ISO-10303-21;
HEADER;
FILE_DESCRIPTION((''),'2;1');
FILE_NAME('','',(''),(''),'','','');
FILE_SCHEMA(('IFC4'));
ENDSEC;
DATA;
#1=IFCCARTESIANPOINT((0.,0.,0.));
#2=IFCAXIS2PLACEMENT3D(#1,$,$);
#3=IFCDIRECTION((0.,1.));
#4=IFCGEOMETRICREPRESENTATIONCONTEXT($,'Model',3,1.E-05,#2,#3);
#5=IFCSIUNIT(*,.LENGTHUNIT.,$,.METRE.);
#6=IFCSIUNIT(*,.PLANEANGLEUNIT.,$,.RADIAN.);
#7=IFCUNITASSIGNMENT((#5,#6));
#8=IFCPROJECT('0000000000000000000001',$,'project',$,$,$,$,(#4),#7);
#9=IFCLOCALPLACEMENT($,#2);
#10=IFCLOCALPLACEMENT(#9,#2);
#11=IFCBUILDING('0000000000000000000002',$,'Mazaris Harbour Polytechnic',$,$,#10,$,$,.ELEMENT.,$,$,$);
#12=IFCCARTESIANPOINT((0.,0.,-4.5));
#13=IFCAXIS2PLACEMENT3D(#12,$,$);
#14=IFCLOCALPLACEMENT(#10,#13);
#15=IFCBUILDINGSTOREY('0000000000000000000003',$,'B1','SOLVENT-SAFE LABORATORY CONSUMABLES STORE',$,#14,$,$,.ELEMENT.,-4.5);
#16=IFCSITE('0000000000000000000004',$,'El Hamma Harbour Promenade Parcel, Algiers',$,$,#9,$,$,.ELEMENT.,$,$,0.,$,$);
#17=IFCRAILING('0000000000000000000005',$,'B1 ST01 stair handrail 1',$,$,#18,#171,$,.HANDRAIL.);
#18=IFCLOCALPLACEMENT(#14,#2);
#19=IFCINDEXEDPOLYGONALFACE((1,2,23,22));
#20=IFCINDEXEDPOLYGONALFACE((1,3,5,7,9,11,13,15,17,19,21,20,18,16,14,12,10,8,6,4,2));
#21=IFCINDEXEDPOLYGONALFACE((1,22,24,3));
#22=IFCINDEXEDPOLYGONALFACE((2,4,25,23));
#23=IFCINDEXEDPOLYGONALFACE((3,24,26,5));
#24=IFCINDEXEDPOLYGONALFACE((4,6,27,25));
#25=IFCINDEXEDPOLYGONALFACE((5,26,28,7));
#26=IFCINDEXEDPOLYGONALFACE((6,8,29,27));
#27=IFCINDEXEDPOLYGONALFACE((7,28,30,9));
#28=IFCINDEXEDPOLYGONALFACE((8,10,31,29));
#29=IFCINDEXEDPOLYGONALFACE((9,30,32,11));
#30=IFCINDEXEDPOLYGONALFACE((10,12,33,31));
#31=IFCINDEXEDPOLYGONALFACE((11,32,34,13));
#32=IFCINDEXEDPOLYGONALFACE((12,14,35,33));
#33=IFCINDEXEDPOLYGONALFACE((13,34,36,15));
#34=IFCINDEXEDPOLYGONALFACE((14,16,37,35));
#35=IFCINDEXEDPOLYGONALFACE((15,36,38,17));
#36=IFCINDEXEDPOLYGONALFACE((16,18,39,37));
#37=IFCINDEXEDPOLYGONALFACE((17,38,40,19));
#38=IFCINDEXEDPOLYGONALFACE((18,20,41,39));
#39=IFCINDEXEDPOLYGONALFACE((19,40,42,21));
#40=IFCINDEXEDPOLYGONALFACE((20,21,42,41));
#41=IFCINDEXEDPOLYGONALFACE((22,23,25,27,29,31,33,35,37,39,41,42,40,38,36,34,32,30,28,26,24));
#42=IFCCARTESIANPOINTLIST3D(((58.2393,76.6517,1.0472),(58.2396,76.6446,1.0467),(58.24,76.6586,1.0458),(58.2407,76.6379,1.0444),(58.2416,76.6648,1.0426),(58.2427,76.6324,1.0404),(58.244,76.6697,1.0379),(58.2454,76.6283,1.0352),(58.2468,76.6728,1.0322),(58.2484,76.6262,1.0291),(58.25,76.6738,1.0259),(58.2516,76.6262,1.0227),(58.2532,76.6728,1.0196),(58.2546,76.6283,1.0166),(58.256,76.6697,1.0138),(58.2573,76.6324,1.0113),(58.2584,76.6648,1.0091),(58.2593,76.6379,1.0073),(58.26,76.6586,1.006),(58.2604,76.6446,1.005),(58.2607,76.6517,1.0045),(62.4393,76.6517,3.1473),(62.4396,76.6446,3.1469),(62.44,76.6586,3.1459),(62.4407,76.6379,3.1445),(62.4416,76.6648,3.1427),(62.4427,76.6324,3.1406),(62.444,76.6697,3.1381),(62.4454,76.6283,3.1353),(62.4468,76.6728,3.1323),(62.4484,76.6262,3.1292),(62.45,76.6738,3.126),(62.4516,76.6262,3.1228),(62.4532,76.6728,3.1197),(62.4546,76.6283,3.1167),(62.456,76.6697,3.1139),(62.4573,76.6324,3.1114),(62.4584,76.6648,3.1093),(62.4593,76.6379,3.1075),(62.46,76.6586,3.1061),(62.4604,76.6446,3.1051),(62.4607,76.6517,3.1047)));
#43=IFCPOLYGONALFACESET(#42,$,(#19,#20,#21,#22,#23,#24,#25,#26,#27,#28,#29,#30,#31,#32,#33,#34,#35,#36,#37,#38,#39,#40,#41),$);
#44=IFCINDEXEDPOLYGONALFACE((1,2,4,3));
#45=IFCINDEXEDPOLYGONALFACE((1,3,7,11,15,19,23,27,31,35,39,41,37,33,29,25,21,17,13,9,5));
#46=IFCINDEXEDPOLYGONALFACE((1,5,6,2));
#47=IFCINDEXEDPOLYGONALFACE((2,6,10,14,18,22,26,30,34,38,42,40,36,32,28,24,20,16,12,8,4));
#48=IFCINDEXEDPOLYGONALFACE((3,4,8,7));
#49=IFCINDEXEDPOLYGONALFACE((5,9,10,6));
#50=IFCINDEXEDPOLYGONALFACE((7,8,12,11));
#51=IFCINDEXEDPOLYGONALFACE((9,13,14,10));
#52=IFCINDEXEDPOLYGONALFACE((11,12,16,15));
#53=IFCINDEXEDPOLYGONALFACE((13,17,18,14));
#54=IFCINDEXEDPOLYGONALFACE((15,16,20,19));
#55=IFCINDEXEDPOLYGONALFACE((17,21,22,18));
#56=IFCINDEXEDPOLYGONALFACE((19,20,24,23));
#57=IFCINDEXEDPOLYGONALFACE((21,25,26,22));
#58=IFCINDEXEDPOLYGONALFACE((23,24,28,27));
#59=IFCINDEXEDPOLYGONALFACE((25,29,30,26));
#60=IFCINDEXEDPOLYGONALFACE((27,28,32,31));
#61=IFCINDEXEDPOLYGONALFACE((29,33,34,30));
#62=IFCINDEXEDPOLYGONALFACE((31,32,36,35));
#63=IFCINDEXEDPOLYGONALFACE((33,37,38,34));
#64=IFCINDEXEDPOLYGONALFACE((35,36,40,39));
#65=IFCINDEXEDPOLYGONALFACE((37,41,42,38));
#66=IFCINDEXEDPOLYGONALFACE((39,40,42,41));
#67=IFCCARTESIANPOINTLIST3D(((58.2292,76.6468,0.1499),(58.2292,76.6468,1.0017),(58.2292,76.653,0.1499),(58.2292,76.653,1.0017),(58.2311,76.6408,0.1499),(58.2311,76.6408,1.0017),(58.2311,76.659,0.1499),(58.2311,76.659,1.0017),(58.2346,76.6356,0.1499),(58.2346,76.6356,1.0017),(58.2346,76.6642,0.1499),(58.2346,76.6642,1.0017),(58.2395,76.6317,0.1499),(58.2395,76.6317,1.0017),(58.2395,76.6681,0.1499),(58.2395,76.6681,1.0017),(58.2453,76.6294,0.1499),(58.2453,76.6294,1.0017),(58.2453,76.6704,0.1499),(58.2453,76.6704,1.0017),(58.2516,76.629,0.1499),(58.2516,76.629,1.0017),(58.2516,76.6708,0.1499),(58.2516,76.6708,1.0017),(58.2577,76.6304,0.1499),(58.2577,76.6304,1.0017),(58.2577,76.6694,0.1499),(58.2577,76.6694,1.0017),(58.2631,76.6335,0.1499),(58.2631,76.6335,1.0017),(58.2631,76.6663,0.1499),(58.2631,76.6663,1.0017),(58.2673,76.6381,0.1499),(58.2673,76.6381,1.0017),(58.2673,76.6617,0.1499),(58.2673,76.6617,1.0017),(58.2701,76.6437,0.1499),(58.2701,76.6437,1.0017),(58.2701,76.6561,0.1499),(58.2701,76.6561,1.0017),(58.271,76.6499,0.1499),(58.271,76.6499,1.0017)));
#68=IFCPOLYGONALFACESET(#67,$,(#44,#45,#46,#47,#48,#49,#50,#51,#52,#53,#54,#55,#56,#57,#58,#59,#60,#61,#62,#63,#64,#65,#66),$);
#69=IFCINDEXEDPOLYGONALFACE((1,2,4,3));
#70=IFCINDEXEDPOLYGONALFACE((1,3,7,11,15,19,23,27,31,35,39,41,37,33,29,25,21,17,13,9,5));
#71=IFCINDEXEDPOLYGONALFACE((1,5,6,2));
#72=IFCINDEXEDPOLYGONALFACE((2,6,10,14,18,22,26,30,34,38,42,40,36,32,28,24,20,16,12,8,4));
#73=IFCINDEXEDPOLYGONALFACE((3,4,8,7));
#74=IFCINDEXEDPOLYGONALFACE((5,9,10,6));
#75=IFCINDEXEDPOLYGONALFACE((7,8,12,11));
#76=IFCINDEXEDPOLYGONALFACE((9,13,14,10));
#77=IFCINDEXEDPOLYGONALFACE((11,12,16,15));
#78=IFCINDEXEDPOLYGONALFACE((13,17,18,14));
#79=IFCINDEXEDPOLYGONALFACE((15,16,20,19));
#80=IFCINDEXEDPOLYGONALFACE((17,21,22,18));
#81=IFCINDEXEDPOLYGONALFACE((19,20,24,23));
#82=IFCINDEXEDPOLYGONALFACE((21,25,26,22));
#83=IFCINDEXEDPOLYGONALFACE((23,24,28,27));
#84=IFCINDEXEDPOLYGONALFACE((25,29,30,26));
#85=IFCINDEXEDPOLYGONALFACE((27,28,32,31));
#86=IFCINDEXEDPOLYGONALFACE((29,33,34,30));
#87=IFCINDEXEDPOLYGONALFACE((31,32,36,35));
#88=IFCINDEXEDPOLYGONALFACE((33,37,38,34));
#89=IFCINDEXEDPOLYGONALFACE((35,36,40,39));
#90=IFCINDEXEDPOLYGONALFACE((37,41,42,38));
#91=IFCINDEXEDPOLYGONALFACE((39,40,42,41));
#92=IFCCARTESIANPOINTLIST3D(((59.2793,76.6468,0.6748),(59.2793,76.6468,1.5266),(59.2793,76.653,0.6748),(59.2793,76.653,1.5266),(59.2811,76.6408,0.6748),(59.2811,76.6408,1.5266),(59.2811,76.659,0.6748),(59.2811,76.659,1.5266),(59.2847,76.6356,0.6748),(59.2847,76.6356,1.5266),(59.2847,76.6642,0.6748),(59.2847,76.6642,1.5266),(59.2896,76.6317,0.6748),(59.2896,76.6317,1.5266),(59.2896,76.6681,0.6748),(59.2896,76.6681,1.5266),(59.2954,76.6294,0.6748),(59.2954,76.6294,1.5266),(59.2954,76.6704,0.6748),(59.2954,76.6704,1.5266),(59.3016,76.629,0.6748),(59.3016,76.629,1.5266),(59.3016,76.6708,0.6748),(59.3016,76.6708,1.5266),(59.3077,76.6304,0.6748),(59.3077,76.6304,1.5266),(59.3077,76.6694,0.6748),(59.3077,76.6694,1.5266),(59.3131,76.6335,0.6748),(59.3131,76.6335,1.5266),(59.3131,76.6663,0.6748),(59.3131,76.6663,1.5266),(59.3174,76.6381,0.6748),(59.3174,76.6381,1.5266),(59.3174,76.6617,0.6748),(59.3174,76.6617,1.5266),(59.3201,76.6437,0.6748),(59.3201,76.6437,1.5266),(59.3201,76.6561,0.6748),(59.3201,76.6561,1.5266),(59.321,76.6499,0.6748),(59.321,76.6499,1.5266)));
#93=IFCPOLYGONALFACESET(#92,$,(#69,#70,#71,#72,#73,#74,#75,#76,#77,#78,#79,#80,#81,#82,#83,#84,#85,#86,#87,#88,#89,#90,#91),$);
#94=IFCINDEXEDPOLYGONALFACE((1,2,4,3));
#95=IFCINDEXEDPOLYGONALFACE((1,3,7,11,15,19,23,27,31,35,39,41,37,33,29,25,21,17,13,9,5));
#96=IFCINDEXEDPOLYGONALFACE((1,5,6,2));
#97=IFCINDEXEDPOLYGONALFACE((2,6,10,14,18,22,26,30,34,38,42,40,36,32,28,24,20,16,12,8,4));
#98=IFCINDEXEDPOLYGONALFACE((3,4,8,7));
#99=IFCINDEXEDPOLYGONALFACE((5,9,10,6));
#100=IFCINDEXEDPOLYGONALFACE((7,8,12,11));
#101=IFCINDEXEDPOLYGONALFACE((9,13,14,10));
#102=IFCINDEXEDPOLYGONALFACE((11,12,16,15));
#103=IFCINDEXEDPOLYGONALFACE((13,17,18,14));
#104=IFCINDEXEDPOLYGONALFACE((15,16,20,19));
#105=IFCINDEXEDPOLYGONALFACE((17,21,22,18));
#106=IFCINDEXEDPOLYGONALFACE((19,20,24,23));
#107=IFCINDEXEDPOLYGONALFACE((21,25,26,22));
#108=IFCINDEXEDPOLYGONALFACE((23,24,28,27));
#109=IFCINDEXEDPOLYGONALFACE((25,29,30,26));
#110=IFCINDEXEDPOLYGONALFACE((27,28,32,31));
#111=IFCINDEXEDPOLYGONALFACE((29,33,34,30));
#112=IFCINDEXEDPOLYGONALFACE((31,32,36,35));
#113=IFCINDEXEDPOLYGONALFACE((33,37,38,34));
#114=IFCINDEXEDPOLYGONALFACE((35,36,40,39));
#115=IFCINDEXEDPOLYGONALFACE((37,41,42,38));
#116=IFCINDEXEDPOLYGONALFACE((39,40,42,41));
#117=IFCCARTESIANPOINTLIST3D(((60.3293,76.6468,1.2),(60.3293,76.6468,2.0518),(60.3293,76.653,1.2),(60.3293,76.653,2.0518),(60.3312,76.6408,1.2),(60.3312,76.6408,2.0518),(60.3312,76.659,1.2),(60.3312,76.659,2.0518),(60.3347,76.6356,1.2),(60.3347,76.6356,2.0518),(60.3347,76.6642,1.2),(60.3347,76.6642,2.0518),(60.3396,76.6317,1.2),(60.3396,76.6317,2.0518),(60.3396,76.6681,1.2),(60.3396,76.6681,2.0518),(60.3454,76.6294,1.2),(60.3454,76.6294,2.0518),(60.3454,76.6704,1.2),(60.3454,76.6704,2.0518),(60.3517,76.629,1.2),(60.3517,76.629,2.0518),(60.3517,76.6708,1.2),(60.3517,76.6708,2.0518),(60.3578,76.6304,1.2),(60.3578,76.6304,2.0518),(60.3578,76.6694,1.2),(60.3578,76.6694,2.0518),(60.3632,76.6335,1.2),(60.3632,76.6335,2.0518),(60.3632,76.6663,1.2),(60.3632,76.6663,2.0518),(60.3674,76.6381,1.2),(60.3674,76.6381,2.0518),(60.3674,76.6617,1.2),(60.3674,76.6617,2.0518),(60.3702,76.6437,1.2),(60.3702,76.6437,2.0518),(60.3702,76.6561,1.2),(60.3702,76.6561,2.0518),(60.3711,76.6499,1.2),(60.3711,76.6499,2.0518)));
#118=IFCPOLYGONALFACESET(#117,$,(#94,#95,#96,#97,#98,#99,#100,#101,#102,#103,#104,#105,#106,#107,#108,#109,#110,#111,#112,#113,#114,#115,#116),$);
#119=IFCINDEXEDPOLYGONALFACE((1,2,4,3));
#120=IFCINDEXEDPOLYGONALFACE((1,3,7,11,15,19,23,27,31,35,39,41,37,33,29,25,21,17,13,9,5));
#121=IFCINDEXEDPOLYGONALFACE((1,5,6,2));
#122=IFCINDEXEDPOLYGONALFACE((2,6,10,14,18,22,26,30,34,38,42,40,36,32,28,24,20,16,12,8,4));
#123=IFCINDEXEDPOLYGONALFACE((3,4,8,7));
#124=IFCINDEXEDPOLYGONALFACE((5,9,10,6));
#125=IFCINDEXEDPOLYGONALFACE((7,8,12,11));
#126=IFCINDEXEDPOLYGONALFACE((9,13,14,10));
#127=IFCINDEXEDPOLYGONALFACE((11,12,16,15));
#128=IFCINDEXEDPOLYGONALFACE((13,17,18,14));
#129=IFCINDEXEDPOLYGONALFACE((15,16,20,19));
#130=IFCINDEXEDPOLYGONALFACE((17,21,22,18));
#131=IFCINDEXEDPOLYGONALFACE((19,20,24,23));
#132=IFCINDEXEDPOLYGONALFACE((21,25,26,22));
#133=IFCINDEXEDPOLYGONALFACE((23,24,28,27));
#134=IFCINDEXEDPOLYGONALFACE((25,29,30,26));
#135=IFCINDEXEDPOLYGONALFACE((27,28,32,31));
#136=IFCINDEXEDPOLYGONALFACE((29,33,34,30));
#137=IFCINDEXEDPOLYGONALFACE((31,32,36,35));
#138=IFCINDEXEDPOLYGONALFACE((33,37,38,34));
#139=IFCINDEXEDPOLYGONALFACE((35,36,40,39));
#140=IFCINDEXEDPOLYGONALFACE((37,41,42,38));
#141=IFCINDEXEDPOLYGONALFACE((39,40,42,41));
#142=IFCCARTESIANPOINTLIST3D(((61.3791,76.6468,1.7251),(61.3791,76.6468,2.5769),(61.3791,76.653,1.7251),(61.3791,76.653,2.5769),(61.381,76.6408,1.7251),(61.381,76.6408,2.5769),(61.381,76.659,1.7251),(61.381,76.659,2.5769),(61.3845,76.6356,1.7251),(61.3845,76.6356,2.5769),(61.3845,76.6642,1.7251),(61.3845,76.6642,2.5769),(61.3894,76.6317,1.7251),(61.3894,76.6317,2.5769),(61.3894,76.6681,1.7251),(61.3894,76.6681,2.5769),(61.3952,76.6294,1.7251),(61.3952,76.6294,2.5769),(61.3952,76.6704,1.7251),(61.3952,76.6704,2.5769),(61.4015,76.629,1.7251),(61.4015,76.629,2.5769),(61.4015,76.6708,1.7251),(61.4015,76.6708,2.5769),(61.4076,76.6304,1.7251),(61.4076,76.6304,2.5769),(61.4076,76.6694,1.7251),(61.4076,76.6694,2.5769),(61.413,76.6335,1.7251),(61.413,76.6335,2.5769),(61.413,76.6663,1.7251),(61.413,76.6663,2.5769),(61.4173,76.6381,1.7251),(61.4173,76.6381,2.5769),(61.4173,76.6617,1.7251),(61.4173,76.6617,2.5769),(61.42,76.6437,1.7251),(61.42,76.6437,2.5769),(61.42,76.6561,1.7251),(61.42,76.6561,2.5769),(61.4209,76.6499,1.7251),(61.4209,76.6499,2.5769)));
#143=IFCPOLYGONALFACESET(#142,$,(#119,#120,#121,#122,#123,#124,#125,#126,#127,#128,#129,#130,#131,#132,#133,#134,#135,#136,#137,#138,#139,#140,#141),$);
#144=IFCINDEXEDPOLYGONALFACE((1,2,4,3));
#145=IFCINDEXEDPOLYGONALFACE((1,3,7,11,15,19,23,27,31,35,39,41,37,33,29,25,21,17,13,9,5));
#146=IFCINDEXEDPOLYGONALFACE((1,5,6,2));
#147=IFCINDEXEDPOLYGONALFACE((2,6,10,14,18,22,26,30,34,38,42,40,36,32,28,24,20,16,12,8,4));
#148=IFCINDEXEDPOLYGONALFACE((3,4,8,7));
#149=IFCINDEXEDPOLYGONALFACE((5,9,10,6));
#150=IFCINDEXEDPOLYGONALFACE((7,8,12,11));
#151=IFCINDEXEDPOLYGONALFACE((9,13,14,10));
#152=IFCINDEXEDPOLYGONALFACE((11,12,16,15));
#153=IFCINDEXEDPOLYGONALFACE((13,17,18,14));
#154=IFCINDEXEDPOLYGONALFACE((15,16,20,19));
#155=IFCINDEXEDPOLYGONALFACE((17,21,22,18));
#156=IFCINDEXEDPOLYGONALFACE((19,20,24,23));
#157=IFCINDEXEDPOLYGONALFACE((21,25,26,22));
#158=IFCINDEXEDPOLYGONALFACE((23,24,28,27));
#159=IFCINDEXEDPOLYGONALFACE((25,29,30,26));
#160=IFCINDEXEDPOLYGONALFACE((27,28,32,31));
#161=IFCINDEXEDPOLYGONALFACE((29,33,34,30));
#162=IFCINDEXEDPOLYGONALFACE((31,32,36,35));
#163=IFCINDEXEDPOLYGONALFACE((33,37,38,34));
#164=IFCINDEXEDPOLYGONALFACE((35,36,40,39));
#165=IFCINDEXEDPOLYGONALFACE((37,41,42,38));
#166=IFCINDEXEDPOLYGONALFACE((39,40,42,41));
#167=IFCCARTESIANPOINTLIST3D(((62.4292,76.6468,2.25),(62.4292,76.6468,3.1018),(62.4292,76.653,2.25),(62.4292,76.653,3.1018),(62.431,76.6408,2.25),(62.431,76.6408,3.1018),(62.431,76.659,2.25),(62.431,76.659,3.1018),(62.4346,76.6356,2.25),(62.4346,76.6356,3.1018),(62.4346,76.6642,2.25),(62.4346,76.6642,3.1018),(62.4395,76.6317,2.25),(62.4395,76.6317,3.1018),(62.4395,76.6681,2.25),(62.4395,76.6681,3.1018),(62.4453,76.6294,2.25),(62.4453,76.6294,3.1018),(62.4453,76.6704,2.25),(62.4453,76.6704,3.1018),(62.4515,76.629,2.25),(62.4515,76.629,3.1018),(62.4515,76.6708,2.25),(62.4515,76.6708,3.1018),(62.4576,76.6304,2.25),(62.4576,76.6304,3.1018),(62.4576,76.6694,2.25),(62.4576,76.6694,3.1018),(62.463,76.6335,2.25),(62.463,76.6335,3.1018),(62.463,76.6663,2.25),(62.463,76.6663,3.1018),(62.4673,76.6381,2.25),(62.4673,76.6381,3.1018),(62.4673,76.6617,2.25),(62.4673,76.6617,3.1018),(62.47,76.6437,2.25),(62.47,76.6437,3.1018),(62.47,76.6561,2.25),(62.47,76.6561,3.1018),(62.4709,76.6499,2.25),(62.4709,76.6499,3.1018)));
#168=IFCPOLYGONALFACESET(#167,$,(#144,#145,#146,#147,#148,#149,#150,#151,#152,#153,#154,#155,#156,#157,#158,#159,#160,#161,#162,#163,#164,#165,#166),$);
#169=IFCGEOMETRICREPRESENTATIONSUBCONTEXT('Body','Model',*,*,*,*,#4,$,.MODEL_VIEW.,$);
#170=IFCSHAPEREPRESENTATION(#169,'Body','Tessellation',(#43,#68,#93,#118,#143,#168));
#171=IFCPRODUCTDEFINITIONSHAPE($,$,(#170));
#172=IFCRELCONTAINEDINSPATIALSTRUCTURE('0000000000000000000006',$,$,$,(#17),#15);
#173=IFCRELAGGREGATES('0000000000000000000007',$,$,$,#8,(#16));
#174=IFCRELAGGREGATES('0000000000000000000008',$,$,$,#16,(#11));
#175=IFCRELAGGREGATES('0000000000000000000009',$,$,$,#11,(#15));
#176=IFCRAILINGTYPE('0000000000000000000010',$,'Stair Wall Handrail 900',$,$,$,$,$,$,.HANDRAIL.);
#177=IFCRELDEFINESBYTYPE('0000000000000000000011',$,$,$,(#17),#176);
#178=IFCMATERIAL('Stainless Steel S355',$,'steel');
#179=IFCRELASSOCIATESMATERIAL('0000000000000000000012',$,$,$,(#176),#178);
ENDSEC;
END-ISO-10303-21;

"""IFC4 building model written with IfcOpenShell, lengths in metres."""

from ifc_helpers import new_model, si_unit, direction, frame, origin, origin_2d, place, context, subcontext, project, spatial, circle, extrude, material, type_object, element, save


model = new_model("IFC4")

# Units and contexts
model_context = context("Model", 3, precision=1e-05, world=origin(), true_north=direction((0.0, 1.0)))
body_context = subcontext(model_context, "Body", "Model", "MODEL_VIEW")
ifc_project = project(units=[si_unit("LENGTHUNIT", "METRE"), si_unit("PLANEANGLEUNIT", "RADIAN")], contexts=[model_context])

# Site, building, storey
site_placement = place(None, origin())
site = spatial("IfcSite", under=ifc_project, at=site_placement, Name="El Hamma Harbour Promenade Parcel, Algiers", CompositionType="ELEMENT", RefElevation=0.0)
building_placement = place(site_placement, origin())
building = spatial("IfcBuilding", under=site, at=building_placement, Name="Mazaris Harbour Polytechnic", CompositionType="ELEMENT")
storey_placement = place(building_placement, frame((0.0, 0.0, -4.5)))
storey = spatial("IfcBuildingStorey", under=building, at=storey_placement, Name="B1", Description="SOLVENT-SAFE LABORATORY CONSUMABLES STORE", CompositionType="ELEMENT", Elevation=-4.5)

# Railing
ifc_material_1 = material(Name="Stainless Steel S355", Category="steel")
railing_type = type_object("IfcRailingType", Name="Stair Wall Handrail 900", PredefinedType="HANDRAIL", material=ifc_material_1)
railing_placement = place(storey_placement, frame((58.25, 76.6499, 0.1499)))
element("IfcRailing", 1, at=railing_placement, inside=storey, type_object=railing_type, Name="B1 ST01 stair handrail 1", PredefinedType="HANDRAIL", context=body_context, shape_type="SweptSolid", body=[
    extrude(circle(Radius=0.0239, at=origin_2d()), frame((0.0, 0.0, 0.876), z_axis=(0.894417, 0.0, 0.447234), x_axis=(0.0, 1.0, 0.0)), (0.0, 0.0, 1.0), 4.6958),
    extrude(circle(Radius=0.021, at=origin_2d()), origin(), (0.0, 0.0, 1.0), 0.8518),
    extrude(circle(Radius=0.021, at=origin_2d()), frame((1.05, 0.0, 0.5249)), (0.0, 0.0, 1.0), 0.8518),
    extrude(circle(Radius=0.021, at=origin_2d()), frame((2.1001, 0.0, 1.05)), (0.0, 0.0, 1.0), 0.8518),
    extrude(circle(Radius=0.021, at=origin_2d()), frame((3.1499, 0.0, 1.5752)), (0.0, 0.0, 1.0), 0.8518),
    extrude(circle(Radius=0.021, at=origin_2d()), frame((4.2, 0.0, 2.1001)), (0.0, 0.0, 1.0), 0.8518),
])

save(model, "model.ifc")
